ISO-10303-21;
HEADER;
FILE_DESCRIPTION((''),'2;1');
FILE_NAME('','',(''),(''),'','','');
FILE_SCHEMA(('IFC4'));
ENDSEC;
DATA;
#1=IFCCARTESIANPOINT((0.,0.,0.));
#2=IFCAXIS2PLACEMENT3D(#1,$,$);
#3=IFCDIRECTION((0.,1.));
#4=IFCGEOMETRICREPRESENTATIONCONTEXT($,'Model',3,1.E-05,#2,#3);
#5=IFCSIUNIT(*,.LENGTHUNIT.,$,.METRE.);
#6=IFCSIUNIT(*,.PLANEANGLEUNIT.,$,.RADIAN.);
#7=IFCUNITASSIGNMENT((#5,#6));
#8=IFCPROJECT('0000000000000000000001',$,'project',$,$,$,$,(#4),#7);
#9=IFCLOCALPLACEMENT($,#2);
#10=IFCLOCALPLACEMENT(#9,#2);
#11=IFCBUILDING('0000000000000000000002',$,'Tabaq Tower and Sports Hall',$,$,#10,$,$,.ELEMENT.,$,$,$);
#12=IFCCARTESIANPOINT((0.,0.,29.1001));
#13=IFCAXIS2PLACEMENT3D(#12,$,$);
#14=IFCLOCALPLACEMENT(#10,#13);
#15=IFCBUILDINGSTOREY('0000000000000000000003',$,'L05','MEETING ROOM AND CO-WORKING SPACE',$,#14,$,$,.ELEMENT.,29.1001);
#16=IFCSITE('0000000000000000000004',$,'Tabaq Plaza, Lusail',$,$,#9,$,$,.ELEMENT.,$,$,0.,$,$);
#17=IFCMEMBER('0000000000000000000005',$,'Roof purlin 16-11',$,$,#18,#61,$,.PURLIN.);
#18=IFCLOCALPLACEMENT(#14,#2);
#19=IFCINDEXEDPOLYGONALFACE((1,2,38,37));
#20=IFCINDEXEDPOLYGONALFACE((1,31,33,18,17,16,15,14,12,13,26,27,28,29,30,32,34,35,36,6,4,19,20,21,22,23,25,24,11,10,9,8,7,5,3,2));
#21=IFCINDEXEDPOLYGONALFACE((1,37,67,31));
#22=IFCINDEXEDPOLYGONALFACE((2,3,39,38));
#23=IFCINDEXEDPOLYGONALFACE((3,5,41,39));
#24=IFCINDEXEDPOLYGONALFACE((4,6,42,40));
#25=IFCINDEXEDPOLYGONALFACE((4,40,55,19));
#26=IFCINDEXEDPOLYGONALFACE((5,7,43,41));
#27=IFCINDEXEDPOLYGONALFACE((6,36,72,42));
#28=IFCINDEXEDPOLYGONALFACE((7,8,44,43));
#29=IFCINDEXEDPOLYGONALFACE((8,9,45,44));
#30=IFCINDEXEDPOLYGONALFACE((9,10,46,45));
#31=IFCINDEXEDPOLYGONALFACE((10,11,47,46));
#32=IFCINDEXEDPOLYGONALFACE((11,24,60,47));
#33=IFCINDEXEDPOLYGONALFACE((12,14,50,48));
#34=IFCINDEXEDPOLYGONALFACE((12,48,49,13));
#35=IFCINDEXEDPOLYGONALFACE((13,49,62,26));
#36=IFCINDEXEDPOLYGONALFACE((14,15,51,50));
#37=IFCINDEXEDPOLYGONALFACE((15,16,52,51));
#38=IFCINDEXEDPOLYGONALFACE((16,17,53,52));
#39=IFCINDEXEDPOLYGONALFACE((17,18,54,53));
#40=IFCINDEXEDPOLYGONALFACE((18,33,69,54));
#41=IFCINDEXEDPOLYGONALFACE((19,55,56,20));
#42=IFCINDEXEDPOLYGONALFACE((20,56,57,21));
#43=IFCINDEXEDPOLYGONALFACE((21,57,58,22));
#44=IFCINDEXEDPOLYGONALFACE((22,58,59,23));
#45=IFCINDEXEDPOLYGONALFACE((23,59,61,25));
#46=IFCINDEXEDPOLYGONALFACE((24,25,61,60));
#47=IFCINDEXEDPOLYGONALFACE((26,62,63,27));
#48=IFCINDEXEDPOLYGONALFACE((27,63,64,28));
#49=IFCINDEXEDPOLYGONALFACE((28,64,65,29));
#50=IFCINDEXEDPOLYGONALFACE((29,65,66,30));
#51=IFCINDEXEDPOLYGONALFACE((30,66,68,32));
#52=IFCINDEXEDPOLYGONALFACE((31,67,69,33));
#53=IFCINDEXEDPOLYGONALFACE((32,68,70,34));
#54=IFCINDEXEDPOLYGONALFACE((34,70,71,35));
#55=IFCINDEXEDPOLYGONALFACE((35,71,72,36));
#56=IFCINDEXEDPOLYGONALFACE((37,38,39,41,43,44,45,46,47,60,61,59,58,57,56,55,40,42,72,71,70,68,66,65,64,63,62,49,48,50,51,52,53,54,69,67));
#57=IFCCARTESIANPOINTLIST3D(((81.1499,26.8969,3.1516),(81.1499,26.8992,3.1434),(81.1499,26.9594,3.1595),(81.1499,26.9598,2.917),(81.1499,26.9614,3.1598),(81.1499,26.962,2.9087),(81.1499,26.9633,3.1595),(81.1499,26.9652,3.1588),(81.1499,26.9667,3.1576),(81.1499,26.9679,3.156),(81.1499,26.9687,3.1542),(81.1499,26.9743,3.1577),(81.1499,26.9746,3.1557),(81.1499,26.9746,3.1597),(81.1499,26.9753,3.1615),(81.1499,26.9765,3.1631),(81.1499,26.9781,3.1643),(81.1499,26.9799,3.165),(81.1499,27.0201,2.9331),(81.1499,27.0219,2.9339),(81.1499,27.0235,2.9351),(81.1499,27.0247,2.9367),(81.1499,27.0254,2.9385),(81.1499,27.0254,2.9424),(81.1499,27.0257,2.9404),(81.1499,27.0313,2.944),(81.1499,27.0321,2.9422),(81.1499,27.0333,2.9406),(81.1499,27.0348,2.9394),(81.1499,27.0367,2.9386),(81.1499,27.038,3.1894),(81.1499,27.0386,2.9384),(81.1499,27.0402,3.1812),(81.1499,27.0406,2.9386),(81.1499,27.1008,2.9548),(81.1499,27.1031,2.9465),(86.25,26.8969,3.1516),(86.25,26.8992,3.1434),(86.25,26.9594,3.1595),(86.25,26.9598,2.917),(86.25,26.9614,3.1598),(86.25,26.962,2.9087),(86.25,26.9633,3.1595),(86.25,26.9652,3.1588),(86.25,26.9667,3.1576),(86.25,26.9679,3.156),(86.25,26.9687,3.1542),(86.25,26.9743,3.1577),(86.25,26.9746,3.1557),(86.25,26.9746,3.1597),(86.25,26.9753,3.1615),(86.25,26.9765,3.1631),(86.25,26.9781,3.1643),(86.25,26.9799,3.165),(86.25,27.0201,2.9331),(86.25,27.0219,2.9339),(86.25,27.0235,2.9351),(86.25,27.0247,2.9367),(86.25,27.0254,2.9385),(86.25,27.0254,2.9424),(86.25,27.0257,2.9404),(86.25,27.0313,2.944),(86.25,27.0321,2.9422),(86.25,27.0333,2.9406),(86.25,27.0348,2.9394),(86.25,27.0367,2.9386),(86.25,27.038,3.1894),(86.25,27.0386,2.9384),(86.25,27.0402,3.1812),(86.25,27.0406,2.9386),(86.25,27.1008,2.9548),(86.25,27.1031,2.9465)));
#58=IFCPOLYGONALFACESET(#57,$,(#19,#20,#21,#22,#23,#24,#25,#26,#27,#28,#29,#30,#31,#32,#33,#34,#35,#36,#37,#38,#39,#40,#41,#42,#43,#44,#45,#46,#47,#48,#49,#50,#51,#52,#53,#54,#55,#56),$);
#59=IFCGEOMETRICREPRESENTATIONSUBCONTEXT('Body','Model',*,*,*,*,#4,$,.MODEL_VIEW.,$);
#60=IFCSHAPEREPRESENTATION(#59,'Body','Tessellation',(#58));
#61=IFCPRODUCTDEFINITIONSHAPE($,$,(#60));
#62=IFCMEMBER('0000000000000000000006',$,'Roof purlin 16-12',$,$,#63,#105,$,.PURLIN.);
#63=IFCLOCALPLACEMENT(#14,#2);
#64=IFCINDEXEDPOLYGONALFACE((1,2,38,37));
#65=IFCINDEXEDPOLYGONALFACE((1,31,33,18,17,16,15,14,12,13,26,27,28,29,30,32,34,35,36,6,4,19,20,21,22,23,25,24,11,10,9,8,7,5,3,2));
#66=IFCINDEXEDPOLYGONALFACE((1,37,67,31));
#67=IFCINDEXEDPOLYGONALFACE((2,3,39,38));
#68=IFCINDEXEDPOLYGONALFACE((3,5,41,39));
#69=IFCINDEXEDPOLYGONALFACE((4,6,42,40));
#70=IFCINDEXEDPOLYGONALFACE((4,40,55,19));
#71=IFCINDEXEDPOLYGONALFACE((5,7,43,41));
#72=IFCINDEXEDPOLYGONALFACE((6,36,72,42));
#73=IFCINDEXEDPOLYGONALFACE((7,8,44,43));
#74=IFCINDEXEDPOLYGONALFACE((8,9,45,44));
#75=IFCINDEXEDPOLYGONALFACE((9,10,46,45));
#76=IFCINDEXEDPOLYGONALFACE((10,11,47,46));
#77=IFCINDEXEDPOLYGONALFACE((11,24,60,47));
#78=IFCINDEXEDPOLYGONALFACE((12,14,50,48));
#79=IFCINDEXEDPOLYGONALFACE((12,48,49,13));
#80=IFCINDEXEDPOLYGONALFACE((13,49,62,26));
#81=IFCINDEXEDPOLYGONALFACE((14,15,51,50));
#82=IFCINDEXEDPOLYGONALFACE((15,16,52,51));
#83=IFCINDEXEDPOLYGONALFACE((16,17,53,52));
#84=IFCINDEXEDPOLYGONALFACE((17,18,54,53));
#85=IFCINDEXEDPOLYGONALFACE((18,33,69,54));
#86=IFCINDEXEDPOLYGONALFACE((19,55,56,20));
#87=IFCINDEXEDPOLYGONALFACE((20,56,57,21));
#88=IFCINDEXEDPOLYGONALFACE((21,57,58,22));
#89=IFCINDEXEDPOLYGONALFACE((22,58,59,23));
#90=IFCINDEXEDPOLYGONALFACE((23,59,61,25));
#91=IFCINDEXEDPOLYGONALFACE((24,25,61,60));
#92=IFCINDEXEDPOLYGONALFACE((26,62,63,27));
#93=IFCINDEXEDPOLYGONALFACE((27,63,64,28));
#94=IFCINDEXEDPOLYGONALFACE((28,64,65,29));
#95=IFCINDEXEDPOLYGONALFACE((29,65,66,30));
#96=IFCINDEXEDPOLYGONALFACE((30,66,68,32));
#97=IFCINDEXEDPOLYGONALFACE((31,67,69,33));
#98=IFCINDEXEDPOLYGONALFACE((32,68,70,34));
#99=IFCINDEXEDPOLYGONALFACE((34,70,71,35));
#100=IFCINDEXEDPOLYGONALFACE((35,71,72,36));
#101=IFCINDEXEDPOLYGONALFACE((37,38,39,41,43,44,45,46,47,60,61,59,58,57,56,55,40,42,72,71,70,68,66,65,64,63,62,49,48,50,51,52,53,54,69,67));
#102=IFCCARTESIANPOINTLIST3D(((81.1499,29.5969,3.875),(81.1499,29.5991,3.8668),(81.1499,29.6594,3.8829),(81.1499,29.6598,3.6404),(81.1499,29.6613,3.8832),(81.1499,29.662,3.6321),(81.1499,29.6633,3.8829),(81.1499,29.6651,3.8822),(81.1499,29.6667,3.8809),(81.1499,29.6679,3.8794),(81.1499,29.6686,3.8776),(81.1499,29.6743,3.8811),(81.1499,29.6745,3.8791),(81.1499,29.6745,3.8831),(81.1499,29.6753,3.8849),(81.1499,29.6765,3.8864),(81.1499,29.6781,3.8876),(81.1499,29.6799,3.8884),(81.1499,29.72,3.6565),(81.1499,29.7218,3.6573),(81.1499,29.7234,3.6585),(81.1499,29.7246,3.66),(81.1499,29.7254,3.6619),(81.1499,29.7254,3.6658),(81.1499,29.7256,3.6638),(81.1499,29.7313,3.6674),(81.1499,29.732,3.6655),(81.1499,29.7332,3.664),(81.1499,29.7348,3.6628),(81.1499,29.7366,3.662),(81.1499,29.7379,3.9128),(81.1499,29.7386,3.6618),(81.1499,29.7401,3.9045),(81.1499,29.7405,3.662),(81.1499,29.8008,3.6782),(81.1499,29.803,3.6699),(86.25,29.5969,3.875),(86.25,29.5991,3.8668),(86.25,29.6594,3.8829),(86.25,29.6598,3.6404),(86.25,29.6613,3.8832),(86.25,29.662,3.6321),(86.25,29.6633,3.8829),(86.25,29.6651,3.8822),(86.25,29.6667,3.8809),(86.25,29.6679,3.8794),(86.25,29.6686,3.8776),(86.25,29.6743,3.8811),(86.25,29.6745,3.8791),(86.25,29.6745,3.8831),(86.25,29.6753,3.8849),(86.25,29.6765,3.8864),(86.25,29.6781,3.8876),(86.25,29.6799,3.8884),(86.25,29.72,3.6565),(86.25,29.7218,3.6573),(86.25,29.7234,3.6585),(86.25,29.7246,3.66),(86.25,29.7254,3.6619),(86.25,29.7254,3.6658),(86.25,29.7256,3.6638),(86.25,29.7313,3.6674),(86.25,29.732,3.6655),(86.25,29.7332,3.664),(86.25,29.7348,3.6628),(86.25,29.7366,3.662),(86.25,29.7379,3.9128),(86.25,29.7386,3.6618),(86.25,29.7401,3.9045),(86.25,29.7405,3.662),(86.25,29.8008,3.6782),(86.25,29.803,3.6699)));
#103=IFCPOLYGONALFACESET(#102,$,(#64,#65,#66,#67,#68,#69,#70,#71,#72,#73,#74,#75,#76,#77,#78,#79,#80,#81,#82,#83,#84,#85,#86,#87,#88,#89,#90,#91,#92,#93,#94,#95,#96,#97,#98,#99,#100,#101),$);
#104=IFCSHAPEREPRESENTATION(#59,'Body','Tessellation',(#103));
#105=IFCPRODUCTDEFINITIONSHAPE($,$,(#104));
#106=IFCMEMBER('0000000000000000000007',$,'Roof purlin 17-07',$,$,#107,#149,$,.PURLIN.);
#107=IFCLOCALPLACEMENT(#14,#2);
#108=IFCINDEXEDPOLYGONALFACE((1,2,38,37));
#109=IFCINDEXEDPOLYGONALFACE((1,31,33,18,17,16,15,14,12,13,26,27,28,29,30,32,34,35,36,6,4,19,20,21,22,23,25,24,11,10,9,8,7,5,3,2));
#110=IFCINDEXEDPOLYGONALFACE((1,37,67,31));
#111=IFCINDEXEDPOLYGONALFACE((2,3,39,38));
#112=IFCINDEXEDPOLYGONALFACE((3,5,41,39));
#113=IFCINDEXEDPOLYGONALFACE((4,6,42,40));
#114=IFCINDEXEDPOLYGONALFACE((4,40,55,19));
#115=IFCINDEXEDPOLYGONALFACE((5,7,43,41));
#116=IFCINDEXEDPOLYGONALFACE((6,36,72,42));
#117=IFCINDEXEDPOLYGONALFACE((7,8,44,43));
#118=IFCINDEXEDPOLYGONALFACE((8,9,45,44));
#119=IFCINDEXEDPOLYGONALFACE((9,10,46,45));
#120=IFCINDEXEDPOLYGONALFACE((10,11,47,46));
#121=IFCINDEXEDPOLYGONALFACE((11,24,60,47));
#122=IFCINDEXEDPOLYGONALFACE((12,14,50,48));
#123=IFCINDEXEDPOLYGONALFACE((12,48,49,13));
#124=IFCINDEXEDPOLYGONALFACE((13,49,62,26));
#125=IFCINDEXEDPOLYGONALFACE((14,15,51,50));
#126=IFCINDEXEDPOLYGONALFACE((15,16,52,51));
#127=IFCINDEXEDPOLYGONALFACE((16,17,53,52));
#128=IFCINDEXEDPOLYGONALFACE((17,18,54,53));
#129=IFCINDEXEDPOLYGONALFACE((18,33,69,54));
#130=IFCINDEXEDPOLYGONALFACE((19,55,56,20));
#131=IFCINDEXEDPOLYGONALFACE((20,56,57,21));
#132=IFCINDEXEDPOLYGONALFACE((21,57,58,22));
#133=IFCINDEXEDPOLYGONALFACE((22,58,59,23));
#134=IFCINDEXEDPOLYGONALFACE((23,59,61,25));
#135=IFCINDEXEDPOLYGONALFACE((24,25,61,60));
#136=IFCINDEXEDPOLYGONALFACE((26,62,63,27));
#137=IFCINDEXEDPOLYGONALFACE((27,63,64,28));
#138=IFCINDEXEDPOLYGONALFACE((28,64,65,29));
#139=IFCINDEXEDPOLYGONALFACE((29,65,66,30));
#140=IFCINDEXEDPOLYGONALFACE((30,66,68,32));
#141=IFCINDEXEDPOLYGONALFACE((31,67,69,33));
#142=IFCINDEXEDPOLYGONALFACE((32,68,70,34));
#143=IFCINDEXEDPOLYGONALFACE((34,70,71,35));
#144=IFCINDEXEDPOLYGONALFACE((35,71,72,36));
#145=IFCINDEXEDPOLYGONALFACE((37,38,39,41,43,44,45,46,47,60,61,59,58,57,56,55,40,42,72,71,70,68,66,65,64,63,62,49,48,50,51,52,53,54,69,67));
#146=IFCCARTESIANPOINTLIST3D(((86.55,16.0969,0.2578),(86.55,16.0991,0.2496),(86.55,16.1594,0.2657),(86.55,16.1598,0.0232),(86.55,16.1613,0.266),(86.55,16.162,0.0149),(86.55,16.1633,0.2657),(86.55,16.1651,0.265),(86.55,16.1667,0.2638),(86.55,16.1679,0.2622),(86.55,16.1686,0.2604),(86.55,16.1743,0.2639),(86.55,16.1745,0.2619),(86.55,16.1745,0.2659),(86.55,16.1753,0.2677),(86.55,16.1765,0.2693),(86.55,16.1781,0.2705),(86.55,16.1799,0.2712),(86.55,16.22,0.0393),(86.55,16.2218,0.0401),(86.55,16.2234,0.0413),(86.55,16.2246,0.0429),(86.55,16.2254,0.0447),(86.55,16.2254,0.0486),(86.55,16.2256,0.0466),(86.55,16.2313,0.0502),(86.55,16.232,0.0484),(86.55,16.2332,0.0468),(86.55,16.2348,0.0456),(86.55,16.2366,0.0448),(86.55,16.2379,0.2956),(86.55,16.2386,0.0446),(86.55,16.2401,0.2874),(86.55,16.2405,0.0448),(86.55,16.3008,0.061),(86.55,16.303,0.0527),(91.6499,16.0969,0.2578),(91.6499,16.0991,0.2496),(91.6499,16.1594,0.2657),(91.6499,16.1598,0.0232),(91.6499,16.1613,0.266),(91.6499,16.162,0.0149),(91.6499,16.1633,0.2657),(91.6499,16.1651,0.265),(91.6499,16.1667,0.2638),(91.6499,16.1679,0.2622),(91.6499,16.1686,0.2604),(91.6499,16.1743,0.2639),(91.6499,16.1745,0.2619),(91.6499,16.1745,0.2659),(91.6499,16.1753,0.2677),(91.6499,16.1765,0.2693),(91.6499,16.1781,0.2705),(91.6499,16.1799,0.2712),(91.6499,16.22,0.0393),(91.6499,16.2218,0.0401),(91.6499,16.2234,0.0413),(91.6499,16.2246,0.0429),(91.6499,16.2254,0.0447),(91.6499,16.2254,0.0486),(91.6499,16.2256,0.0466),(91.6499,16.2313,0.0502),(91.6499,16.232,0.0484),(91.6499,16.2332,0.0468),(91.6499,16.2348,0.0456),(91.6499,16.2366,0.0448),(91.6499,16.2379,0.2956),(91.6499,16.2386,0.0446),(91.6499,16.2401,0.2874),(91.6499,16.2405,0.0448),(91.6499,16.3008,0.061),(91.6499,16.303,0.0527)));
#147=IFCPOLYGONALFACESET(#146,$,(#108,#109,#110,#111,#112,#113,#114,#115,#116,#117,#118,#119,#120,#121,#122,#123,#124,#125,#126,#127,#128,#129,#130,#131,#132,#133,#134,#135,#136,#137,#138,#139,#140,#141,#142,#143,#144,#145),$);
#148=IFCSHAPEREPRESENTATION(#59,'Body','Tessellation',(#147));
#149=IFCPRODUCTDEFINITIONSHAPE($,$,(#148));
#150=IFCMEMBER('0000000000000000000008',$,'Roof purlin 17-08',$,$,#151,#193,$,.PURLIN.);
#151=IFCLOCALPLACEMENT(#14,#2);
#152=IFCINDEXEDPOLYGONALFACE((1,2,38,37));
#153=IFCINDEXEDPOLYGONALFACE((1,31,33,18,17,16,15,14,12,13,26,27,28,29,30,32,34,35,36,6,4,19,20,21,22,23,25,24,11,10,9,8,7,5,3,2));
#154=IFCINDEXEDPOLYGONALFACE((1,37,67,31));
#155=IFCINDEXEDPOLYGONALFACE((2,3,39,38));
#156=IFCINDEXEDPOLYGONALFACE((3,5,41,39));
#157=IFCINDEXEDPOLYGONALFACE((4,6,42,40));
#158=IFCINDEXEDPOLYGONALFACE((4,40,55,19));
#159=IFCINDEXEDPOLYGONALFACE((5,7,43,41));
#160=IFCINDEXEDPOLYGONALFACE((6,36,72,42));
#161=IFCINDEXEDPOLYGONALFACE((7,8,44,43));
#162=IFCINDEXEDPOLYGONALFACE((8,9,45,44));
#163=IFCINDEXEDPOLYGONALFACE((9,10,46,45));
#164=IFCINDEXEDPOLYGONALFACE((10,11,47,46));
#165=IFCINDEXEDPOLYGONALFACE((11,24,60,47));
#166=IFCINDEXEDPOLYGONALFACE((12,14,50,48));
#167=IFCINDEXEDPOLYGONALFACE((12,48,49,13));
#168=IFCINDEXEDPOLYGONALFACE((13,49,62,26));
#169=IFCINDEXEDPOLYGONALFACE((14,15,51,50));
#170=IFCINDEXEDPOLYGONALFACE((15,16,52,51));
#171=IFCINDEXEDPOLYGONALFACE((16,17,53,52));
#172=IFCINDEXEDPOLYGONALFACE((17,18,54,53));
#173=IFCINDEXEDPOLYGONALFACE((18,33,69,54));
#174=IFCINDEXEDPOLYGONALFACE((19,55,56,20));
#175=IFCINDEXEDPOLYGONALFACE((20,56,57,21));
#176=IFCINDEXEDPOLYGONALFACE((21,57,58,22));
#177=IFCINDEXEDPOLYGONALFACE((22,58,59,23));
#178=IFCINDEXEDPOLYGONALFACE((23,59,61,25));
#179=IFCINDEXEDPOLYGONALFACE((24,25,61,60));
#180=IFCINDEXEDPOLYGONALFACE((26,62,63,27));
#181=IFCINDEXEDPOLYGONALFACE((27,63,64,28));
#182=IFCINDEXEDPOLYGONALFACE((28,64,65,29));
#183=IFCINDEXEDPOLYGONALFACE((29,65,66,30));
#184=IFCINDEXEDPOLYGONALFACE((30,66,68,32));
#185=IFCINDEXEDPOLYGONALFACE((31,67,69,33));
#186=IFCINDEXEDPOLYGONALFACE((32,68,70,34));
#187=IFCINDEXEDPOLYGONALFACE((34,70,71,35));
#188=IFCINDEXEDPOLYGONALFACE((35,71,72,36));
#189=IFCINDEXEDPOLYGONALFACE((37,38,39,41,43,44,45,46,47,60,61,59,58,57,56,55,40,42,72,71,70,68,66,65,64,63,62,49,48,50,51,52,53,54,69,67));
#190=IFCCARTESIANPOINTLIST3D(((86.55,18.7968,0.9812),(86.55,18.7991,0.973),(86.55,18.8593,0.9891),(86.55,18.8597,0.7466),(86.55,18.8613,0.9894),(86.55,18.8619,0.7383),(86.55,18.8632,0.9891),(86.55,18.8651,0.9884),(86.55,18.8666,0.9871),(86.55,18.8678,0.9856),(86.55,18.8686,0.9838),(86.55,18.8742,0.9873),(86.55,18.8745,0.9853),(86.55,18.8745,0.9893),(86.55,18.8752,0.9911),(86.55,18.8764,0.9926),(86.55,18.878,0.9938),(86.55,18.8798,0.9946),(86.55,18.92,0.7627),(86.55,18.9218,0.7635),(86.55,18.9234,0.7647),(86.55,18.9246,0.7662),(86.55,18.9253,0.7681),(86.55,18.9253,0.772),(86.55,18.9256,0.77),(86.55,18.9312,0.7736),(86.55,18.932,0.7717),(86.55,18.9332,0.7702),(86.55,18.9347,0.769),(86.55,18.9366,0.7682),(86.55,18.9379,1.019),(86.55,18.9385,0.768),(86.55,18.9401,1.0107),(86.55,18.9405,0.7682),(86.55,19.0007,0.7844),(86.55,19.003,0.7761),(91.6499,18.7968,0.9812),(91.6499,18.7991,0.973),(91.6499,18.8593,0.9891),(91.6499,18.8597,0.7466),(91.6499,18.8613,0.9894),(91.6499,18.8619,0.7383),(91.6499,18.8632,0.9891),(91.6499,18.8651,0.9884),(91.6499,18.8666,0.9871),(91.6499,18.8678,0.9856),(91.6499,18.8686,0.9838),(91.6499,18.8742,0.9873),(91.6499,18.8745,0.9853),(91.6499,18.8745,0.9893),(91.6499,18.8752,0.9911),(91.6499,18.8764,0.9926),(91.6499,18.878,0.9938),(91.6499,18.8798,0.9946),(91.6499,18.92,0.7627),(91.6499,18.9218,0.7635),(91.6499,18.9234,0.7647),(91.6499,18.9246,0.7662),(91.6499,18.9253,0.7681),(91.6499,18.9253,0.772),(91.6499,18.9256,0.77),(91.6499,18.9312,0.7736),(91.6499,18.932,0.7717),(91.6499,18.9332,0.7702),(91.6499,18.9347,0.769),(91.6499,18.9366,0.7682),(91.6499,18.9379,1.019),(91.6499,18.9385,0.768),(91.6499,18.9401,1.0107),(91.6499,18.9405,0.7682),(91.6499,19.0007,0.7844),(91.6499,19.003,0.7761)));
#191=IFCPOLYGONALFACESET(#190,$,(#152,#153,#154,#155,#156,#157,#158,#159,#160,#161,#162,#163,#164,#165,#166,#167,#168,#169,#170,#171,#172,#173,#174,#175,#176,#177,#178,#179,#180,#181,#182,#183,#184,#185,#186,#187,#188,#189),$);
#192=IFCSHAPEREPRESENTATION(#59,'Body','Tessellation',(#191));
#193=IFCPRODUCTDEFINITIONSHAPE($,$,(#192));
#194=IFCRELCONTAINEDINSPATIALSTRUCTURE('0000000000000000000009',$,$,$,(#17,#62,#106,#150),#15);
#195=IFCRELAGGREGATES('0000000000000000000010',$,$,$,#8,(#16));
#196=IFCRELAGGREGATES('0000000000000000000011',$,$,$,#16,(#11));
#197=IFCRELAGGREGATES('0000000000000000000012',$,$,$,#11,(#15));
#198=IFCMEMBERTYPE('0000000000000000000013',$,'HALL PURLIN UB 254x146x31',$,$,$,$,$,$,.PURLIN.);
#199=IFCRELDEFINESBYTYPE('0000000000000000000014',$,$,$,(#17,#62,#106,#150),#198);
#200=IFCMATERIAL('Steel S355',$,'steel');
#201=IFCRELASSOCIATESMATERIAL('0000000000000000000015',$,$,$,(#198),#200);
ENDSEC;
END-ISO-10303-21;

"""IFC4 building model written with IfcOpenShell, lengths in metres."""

from ifc_helpers import new_model, si_unit, direction, frame, origin, origin_2d, place, context, subcontext, project, spatial, i_section, extrude, material, material_profile, profile_set, type_object, element, save


model = new_model("IFC4")

# Units and contexts
model_context = context("Model", 3, precision=1e-05, world=origin(), true_north=direction((0.0, 1.0)))
body_context = subcontext(model_context, "Body", "Model", "MODEL_VIEW")
ifc_project = project(units=[si_unit("LENGTHUNIT", "METRE"), si_unit("PLANEANGLEUNIT", "RADIAN")], contexts=[model_context])

# Site, building, storey
site_placement = place(None, origin())
site = spatial("IfcSite", under=ifc_project, at=site_placement, Name="Tabaq Plaza, Lusail", CompositionType="ELEMENT", RefElevation=0.0)
building_placement = place(site_placement, origin())
building = spatial("IfcBuilding", under=site, at=building_placement, Name="Tabaq Tower and Sports Hall", CompositionType="ELEMENT")
storey_placement = place(building_placement, frame((0.0, 0.0, 29.1001)))
storey = spatial("IfcBuildingStorey", under=building, at=storey_placement, Name="L05", Description="MEETING ROOM AND CO-WORKING SPACE", CompositionType="ELEMENT", Elevation=29.1001)

# Members
ifc_material_1 = material(Name="Steel S355", Category="steel")
ifc_material_profile_1 = material_profile(ifc_material_1, i_section(OverallWidth=0.146, OverallDepth=0.2515, WebThickness=0.0061, FlangeThickness=0.0085, FilletRadius=0.0076, at=origin_2d()), Name="UB 254x146x31")
ifc_profile_set_1 = profile_set([ifc_material_profile_1], Name="Steel S355")
member_type_1 = type_object("IfcMemberType", Name="HALL PURLIN UB 254x146x31", PredefinedType="PURLIN", material=ifc_profile_set_1)
for number, where, z_axis, x_axis, name in (
    (1, (81.1499, 27.0, 3.0491), (1.0, 0.0, 0.0), (0.0, 0.965926, 0.258819), "Roof purlin 16-11"),
    (2, (81.1499, 29.7, 3.7725), (1.0, 0.0, 0.0), (0.0, 0.965926, 0.258819), "Roof purlin 16-12"),
):
    element("IfcMember", number, at=place(storey_placement, frame(where, z_axis=z_axis, x_axis=x_axis)), inside=storey, type_object=member_type_1, Name=name, PredefinedType="PURLIN", context=body_context, shape_type="SweptSolid", body=[
        extrude(i_section(OverallWidth=0.146, OverallDepth=0.2515, WebThickness=0.0061, FlangeThickness=0.0085, FilletRadius=0.0076, at=origin_2d()), origin(), (0.0, 0.0, 1.0), 5.1001),
    ])
for number, where, z_axis, x_axis, name in (
    (3, (86.55, 16.2, 0.1553), (1.0, 0.0, 0.0), (0.0, 0.965926, 0.258819), "Roof purlin 17-07"),
    (4, (86.55, 18.8999, 0.8787), (1.0, 0.0, 0.0), (0.0, 0.965926, 0.258819), "Roof purlin 17-08"),
):
    element("IfcMember", number, at=place(storey_placement, frame(where, z_axis=z_axis, x_axis=x_axis)), inside=storey, type_object=member_type_1, Name=name, PredefinedType="PURLIN", context=body_context, shape_type="SweptSolid", body=[
        extrude(i_section(OverallWidth=0.146, OverallDepth=0.2515, WebThickness=0.0061, FlangeThickness=0.0085, FilletRadius=0.0076, at=origin_2d()), origin(), (0.0, 0.0, 1.0), 5.0999),
    ])

save(model, "model.ifc")
